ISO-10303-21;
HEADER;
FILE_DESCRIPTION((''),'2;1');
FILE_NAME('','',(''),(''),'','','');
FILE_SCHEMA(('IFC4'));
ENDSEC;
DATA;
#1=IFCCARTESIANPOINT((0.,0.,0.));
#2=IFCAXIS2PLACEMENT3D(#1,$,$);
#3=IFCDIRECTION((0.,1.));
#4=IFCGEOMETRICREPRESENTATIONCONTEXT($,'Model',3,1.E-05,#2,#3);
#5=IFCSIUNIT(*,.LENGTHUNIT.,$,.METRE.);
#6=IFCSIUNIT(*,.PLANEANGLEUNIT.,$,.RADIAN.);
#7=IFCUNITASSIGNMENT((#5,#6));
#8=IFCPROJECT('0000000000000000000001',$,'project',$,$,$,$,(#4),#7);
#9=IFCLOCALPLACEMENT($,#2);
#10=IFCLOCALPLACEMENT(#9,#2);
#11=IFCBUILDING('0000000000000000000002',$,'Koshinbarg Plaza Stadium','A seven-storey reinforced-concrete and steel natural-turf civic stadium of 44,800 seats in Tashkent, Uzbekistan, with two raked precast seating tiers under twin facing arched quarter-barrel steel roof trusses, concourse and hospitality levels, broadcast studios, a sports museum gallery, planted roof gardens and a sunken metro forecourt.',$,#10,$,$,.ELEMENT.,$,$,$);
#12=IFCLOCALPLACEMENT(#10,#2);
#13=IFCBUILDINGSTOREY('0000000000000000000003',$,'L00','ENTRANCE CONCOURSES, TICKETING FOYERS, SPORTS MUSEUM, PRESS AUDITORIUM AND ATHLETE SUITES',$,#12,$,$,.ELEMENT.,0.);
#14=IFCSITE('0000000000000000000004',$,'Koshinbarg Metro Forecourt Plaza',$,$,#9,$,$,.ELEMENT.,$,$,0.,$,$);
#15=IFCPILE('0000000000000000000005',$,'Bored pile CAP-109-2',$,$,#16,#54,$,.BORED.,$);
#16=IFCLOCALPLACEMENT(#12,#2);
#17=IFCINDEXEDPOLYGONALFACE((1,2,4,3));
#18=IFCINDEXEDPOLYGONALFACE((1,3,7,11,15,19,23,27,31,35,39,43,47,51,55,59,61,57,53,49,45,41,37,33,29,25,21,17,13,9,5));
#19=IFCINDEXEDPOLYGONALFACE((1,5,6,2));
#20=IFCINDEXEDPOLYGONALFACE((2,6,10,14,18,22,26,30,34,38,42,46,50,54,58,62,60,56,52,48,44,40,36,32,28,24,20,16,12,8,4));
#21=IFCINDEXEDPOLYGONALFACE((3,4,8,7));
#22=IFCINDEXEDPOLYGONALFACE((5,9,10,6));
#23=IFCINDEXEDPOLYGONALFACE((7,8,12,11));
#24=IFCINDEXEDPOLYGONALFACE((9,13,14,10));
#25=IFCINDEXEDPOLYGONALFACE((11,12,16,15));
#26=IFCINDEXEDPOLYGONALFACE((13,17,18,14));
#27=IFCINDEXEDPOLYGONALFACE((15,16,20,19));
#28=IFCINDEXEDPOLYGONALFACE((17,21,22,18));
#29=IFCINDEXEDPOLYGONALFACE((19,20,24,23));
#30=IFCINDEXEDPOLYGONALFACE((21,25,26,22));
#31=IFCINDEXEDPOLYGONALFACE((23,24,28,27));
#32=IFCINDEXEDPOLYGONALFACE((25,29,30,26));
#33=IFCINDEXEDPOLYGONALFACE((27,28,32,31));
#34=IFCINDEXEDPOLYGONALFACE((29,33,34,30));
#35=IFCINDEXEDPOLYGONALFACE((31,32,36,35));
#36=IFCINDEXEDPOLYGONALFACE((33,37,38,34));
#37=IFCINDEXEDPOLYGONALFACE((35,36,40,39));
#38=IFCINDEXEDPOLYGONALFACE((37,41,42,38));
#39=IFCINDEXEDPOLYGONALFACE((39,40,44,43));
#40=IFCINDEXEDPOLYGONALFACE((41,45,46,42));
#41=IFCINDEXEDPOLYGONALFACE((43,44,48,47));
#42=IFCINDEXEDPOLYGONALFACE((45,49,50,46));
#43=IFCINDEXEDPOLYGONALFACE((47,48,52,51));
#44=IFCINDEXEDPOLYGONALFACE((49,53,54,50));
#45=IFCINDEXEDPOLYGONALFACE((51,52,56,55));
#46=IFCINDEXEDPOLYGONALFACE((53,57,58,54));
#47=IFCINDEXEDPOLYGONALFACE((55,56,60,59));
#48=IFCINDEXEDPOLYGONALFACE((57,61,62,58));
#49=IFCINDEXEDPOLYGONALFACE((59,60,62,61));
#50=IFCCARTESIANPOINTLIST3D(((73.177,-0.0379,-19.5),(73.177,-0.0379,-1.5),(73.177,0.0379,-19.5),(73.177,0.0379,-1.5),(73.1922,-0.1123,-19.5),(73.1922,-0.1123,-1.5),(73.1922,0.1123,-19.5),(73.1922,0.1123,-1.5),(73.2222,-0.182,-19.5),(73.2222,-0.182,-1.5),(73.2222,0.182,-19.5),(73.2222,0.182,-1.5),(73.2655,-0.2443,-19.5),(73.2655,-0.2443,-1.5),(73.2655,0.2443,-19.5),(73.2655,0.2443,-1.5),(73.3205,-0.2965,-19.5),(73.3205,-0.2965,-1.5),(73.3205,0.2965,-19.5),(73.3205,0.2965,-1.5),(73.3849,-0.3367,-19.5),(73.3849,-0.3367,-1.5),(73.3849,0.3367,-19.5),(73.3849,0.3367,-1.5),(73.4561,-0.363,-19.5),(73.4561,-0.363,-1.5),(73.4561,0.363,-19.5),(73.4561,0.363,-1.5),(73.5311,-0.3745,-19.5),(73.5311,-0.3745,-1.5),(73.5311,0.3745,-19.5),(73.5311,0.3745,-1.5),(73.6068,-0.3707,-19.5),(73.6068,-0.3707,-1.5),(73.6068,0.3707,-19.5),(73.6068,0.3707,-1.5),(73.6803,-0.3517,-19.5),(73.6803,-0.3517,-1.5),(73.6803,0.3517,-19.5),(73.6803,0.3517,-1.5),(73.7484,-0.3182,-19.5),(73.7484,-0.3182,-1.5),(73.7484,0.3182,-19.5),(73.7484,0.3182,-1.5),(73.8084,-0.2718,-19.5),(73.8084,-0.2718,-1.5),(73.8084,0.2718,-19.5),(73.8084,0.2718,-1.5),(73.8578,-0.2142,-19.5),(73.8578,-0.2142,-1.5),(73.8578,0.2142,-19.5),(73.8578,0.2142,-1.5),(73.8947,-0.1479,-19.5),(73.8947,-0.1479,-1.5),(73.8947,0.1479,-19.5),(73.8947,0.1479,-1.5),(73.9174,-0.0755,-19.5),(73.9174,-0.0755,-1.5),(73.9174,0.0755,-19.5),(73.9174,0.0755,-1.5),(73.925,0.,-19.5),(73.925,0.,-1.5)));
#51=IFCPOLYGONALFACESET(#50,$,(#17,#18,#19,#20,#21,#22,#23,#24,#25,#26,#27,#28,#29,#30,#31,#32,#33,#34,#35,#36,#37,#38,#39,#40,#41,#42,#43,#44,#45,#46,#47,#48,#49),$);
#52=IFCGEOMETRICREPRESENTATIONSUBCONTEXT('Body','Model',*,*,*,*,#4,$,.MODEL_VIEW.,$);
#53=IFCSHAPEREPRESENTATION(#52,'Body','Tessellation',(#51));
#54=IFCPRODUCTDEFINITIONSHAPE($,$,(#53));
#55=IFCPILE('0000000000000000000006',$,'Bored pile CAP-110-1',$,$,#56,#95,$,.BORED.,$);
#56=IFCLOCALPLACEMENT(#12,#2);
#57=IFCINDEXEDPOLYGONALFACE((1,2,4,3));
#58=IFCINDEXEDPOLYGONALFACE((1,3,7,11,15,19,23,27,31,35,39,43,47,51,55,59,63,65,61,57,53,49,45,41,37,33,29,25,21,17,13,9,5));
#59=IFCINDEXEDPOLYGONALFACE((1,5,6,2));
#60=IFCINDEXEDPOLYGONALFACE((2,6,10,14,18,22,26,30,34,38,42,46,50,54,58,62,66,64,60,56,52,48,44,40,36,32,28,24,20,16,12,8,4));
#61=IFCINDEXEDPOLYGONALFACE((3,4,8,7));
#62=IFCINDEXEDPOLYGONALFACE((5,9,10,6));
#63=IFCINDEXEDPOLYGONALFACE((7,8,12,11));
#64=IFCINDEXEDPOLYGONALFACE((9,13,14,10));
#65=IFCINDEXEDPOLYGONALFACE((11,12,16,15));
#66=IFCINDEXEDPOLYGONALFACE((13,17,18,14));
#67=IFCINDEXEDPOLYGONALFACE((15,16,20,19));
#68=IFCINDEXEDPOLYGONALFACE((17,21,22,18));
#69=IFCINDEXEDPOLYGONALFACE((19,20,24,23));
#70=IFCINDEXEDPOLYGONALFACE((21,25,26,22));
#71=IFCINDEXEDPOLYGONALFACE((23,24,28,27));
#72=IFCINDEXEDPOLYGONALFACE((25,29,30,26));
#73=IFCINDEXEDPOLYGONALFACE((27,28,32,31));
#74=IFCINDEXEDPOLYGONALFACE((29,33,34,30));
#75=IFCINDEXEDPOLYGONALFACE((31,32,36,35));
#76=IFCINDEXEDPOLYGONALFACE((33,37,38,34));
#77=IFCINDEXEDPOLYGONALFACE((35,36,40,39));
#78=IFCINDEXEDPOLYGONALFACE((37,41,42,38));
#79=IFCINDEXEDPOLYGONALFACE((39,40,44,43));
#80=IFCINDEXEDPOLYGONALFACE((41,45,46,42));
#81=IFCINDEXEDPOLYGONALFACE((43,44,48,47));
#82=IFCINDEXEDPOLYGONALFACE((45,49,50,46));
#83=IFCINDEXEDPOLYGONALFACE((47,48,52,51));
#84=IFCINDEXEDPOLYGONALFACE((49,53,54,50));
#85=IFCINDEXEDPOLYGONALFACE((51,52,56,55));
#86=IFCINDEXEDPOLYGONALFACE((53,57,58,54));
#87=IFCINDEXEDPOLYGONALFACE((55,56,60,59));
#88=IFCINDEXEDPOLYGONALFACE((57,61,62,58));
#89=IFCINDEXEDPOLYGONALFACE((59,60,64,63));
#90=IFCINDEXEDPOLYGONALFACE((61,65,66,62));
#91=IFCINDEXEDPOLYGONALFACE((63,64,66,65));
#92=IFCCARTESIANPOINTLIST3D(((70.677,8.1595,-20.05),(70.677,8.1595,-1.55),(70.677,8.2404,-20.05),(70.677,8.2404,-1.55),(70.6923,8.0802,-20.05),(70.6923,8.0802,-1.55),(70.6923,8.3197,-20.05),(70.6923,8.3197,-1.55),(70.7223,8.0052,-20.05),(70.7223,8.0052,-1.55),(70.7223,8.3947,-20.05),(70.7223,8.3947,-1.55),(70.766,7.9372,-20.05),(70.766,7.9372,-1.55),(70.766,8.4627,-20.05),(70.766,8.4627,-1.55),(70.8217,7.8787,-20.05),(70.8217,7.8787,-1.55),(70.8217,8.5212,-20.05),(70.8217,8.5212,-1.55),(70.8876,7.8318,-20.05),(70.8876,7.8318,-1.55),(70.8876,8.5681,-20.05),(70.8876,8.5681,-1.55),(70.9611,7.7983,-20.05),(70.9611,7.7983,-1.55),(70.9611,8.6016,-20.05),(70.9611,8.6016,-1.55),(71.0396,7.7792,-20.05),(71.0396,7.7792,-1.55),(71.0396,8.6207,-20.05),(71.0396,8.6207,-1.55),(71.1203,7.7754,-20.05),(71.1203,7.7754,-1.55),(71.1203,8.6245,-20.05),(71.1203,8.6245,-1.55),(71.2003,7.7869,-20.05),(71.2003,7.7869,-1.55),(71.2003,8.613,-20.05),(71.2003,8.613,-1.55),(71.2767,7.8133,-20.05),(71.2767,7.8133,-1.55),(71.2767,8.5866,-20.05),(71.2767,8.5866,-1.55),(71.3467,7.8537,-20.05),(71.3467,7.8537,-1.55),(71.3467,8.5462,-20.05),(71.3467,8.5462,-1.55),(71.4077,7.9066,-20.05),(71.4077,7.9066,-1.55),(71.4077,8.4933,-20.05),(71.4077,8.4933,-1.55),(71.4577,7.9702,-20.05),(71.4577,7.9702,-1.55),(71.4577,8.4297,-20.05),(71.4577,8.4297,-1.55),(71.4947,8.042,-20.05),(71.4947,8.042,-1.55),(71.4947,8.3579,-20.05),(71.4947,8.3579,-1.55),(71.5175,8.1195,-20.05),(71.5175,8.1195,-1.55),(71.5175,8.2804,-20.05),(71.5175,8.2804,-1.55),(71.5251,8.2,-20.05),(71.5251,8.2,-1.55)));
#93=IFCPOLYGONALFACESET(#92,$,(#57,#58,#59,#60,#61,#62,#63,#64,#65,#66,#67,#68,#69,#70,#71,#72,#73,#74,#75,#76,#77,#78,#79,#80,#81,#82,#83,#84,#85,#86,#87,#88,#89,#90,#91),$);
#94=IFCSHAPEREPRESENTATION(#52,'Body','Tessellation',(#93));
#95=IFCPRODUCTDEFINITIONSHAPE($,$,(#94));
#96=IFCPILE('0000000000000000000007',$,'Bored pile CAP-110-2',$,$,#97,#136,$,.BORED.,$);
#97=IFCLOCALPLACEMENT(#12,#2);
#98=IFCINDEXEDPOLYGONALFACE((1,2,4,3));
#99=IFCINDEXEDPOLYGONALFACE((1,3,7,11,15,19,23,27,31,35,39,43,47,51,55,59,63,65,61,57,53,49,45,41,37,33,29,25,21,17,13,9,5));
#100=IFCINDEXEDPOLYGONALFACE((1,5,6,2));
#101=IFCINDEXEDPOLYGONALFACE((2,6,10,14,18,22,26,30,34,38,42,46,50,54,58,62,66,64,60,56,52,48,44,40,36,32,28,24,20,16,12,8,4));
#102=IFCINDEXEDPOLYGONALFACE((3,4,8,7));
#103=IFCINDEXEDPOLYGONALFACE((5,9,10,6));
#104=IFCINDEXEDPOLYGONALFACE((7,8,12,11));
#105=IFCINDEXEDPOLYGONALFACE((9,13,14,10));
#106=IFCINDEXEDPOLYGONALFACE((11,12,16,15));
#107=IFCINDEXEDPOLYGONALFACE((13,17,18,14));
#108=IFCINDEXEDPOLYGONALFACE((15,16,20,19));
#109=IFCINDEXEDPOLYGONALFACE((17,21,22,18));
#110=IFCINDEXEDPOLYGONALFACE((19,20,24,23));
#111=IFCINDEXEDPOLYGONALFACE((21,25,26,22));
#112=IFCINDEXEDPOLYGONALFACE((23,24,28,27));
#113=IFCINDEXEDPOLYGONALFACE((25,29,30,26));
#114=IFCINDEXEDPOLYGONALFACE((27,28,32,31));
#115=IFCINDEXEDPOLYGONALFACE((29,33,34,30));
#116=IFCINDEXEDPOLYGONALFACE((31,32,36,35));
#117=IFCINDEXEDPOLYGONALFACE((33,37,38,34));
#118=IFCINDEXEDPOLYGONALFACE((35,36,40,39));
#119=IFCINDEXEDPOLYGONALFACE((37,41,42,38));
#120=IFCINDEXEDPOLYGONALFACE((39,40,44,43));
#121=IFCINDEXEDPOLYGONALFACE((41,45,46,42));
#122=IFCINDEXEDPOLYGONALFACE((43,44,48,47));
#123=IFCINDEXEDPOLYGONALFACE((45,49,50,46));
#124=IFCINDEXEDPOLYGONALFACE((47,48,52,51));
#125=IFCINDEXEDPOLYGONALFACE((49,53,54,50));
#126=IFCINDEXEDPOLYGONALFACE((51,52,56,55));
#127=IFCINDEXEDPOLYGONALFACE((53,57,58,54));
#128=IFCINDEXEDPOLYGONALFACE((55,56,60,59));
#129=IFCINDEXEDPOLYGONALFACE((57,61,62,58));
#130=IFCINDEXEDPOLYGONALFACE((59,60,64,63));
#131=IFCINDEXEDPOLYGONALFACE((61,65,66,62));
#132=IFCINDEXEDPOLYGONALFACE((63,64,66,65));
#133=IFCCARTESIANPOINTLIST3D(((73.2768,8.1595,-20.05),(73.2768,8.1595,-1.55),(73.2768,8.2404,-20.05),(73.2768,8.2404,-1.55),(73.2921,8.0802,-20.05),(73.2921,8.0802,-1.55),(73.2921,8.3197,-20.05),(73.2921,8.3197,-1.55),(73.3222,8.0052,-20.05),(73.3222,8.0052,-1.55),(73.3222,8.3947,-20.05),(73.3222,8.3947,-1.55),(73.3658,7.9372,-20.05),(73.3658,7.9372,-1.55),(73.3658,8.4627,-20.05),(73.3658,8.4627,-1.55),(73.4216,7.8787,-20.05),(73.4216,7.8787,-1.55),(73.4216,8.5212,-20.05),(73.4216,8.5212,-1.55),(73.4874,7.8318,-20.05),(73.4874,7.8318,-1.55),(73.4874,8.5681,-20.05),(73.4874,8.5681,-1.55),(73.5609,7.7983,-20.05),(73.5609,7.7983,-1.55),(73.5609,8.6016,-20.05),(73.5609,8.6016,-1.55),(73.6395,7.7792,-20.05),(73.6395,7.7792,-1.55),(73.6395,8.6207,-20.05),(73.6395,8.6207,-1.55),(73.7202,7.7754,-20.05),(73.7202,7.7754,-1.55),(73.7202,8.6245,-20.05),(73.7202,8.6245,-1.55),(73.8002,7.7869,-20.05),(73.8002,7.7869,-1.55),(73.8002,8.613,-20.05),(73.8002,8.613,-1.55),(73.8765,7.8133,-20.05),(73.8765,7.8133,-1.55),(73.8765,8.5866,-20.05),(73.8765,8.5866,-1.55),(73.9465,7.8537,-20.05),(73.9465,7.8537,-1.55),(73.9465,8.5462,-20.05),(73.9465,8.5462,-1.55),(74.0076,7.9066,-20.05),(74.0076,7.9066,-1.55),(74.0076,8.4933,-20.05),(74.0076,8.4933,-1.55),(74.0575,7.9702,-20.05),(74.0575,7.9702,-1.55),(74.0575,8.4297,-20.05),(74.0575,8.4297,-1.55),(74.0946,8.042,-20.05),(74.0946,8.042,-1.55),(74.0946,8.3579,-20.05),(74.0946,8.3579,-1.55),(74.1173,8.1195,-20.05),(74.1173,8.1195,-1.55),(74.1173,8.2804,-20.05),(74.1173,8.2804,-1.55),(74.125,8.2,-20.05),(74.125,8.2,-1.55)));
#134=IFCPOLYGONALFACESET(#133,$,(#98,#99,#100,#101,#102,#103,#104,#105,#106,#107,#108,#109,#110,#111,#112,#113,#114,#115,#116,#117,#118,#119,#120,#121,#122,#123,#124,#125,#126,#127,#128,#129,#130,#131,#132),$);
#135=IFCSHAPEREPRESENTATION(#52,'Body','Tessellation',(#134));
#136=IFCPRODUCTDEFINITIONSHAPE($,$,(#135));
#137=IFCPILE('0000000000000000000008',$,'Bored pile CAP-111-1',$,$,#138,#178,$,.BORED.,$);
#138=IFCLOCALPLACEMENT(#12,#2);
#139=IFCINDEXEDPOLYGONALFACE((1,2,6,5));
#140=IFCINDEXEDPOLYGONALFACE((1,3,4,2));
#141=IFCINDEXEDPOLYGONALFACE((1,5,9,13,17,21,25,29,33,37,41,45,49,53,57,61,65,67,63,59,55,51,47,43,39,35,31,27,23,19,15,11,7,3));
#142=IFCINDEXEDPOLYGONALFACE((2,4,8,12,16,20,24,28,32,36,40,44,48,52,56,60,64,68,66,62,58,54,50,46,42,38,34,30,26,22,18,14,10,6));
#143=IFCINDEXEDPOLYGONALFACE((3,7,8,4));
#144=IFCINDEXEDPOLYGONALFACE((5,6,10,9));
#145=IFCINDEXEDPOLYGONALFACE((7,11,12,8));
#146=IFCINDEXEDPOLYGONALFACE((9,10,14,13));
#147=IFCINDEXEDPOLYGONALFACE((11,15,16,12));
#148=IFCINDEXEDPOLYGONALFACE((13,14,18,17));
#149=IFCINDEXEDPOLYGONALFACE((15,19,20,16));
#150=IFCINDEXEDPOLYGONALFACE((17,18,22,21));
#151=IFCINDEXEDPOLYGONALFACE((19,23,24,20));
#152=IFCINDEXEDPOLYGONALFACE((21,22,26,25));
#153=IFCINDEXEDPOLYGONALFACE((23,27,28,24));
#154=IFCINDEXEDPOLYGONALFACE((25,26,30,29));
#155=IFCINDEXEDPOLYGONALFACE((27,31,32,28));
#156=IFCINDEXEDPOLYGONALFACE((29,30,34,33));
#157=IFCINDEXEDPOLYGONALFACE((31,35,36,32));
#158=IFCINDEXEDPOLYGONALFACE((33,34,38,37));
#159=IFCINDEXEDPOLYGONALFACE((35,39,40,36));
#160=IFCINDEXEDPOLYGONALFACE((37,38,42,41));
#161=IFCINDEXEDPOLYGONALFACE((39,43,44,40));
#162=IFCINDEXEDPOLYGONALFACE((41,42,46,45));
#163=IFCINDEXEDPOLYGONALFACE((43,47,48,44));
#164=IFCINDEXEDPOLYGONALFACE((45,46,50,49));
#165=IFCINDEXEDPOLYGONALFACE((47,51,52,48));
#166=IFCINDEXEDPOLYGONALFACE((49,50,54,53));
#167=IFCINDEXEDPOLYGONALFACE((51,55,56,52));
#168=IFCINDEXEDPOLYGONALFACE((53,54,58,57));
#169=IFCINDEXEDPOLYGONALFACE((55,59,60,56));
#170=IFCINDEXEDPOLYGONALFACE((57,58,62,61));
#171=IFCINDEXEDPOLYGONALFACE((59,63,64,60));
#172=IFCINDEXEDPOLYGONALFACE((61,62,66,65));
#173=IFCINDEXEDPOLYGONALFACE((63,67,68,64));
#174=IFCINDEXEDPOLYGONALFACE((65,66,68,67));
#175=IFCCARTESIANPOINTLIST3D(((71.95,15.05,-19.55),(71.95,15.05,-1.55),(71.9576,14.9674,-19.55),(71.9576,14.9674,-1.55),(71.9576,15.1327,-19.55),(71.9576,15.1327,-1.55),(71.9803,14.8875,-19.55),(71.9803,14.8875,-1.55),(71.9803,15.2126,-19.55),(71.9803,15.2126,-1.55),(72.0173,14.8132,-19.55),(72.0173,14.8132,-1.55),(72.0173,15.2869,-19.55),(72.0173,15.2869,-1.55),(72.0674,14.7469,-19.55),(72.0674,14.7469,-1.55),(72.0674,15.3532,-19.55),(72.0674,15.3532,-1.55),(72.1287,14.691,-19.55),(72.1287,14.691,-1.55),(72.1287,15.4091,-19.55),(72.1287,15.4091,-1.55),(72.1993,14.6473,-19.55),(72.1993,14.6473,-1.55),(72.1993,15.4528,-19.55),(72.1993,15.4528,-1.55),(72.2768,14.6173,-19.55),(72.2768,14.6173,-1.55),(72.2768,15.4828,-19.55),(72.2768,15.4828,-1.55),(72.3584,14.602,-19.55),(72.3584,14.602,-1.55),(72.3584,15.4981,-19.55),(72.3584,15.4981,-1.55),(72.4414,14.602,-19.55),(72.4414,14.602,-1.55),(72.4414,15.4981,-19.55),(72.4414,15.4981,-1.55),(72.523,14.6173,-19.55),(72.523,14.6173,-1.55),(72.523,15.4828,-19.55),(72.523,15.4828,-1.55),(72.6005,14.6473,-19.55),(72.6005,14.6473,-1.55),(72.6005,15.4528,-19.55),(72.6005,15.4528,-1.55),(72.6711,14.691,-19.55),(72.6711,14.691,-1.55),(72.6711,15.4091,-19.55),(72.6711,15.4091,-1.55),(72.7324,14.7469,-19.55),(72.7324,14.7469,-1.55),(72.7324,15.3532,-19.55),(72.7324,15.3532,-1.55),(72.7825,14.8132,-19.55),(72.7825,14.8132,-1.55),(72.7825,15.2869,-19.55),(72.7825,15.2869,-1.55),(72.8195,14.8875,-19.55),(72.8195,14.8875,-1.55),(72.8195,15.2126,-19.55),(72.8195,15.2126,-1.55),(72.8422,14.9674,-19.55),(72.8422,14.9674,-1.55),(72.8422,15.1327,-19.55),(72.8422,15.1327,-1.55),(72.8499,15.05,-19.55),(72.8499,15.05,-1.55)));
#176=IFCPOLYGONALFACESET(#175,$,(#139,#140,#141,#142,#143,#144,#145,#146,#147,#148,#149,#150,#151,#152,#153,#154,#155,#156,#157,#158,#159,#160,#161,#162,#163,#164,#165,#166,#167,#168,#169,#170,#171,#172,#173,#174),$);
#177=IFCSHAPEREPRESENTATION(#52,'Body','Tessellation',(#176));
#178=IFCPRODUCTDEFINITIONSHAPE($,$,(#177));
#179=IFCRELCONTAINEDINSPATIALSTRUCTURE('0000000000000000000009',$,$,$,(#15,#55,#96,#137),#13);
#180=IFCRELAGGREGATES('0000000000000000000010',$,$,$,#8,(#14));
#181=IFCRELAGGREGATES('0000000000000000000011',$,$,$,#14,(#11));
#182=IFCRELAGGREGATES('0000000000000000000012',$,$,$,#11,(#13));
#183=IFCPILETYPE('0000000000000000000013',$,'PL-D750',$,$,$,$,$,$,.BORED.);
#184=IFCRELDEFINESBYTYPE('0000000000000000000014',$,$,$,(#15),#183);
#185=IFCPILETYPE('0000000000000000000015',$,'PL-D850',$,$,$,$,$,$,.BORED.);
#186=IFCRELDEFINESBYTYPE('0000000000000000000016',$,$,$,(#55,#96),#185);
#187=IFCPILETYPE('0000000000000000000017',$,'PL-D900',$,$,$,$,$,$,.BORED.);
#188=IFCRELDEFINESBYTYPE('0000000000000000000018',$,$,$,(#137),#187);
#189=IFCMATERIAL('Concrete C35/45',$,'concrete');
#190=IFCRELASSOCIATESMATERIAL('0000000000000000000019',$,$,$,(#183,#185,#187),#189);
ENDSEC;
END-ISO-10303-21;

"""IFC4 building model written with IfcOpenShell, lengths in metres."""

from ifc_helpers import new_model, si_unit, direction, frame, origin, origin_2d, place, context, subcontext, project, spatial, circle, extrude, material, material_profile, profile_set, type_object, element, save


model = new_model("IFC4")

# Units and contexts
model_context = context("Model", 3, precision=1e-05, world=origin(), true_north=direction((0.0, 1.0)))
body_context = subcontext(model_context, "Body", "Model", "MODEL_VIEW")
ifc_project = project(units=[si_unit("LENGTHUNIT", "METRE"), si_unit("PLANEANGLEUNIT", "RADIAN")], contexts=[model_context])

# Site, building, storey
site_placement = place(None, origin())
site = spatial("IfcSite", under=ifc_project, at=site_placement, Name="Koshinbarg Metro Forecourt Plaza", CompositionType="ELEMENT", RefElevation=0.0)
building_placement = place(site_placement, origin())
building = spatial("IfcBuilding", under=site, at=building_placement, Name="Koshinbarg Plaza Stadium", Description="A seven-storey reinforced-concrete and steel natural-turf civic stadium of 44,800 seats in Tashkent, Uzbekistan, with two raked precast seating tiers under twin facing arched quarter-barrel steel roof trusses, concourse and hospitality levels, broadcast studios, a sports museum gallery, planted roof gardens and a sunken metro forecourt.", CompositionType="ELEMENT")
storey_placement = place(building_placement, origin())
storey = spatial("IfcBuildingStorey", under=building, at=storey_placement, Name="L00", Description="ENTRANCE CONCOURSES, TICKETING FOYERS, SPORTS MUSEUM, PRESS AUDITORIUM AND ATHLETE SUITES", CompositionType="ELEMENT", Elevation=0.0)

# Shared definitions
ifc_material_1 = material(Name="Concrete C35/45", Category="concrete")

# Piles
ifc_material_profile_1 = material_profile(ifc_material_1, circle(Radius=0.375, at=origin_2d()), Name="PILE D750")
ifc_profile_set_1 = profile_set([ifc_material_profile_1], Name="Concrete C35/45")
pile_type_1 = type_object("IfcPileType", Name="PL-D750", PredefinedType="BORED", material=ifc_profile_set_1)
for number, where, z_axis, x_axis, name in (
    (1, (73.55, 0.0, -1.5), (0.0, 0.0, -1.0), (1.0, 0.0, 0.0), "Bored pile CAP-109-2"),
):
    element("IfcPile", number, at=place(storey_placement, frame(where, z_axis=z_axis, x_axis=x_axis)), inside=storey, type_object=pile_type_1, Name=name, PredefinedType="BORED", context=body_context, shape_type="SweptSolid", body=[
        extrude(circle(Radius=0.375, at=origin_2d()), origin(), (0.0, 0.0, 1.0), 18.0),
    ])
ifc_material_profile_2 = material_profile(ifc_material_1, circle(Radius=0.425, at=origin_2d()), Name="PILE D850")
ifc_profile_set_2 = profile_set([ifc_material_profile_2], Name="Concrete C35/45")
pile_type_2 = type_object("IfcPileType", Name="PL-D850", PredefinedType="BORED", material=ifc_profile_set_2)
for number, where, z_axis, x_axis, name in (
    (2, (71.1001, 8.2, -1.55), (0.0, 0.0, -1.0), (1.0, 0.0, 0.0), "Bored pile CAP-110-1"),
    (3, (73.7, 8.2, -1.55), (0.0, 0.0, -1.0), (1.0, 0.0, 0.0), "Bored pile CAP-110-2"),
):
    element("IfcPile", number, at=place(storey_placement, frame(where, z_axis=z_axis, x_axis=x_axis)), inside=storey, type_object=pile_type_2, Name=name, PredefinedType="BORED", context=body_context, shape_type="SweptSolid", body=[
        extrude(circle(Radius=0.425, at=origin_2d()), origin(), (0.0, 0.0, 1.0), 18.5),
    ])
ifc_material_profile_3 = material_profile(ifc_material_1, circle(Radius=0.45, at=origin_2d()), Name="PILE D900")
ifc_profile_set_3 = profile_set([ifc_material_profile_3], Name="Concrete C35/45")
pile_type_3 = type_object("IfcPileType", Name="PL-D900", PredefinedType="BORED", material=ifc_profile_set_3)
for number, where, z_axis, x_axis, name in (
    (4, (72.3999, 15.05, -1.55), (0.0, 0.0, -1.0), (1.0, 0.0, 0.0), "Bored pile CAP-111-1"),
):
    element("IfcPile", number, at=place(storey_placement, frame(where, z_axis=z_axis, x_axis=x_axis)), inside=storey, type_object=pile_type_3, Name=name, PredefinedType="BORED", context=body_context, shape_type="SweptSolid", body=[
        extrude(circle(Radius=0.45, at=origin_2d()), origin(), (0.0, 0.0, 1.0), 18.0),
    ])

save(model, "model.ifc")
